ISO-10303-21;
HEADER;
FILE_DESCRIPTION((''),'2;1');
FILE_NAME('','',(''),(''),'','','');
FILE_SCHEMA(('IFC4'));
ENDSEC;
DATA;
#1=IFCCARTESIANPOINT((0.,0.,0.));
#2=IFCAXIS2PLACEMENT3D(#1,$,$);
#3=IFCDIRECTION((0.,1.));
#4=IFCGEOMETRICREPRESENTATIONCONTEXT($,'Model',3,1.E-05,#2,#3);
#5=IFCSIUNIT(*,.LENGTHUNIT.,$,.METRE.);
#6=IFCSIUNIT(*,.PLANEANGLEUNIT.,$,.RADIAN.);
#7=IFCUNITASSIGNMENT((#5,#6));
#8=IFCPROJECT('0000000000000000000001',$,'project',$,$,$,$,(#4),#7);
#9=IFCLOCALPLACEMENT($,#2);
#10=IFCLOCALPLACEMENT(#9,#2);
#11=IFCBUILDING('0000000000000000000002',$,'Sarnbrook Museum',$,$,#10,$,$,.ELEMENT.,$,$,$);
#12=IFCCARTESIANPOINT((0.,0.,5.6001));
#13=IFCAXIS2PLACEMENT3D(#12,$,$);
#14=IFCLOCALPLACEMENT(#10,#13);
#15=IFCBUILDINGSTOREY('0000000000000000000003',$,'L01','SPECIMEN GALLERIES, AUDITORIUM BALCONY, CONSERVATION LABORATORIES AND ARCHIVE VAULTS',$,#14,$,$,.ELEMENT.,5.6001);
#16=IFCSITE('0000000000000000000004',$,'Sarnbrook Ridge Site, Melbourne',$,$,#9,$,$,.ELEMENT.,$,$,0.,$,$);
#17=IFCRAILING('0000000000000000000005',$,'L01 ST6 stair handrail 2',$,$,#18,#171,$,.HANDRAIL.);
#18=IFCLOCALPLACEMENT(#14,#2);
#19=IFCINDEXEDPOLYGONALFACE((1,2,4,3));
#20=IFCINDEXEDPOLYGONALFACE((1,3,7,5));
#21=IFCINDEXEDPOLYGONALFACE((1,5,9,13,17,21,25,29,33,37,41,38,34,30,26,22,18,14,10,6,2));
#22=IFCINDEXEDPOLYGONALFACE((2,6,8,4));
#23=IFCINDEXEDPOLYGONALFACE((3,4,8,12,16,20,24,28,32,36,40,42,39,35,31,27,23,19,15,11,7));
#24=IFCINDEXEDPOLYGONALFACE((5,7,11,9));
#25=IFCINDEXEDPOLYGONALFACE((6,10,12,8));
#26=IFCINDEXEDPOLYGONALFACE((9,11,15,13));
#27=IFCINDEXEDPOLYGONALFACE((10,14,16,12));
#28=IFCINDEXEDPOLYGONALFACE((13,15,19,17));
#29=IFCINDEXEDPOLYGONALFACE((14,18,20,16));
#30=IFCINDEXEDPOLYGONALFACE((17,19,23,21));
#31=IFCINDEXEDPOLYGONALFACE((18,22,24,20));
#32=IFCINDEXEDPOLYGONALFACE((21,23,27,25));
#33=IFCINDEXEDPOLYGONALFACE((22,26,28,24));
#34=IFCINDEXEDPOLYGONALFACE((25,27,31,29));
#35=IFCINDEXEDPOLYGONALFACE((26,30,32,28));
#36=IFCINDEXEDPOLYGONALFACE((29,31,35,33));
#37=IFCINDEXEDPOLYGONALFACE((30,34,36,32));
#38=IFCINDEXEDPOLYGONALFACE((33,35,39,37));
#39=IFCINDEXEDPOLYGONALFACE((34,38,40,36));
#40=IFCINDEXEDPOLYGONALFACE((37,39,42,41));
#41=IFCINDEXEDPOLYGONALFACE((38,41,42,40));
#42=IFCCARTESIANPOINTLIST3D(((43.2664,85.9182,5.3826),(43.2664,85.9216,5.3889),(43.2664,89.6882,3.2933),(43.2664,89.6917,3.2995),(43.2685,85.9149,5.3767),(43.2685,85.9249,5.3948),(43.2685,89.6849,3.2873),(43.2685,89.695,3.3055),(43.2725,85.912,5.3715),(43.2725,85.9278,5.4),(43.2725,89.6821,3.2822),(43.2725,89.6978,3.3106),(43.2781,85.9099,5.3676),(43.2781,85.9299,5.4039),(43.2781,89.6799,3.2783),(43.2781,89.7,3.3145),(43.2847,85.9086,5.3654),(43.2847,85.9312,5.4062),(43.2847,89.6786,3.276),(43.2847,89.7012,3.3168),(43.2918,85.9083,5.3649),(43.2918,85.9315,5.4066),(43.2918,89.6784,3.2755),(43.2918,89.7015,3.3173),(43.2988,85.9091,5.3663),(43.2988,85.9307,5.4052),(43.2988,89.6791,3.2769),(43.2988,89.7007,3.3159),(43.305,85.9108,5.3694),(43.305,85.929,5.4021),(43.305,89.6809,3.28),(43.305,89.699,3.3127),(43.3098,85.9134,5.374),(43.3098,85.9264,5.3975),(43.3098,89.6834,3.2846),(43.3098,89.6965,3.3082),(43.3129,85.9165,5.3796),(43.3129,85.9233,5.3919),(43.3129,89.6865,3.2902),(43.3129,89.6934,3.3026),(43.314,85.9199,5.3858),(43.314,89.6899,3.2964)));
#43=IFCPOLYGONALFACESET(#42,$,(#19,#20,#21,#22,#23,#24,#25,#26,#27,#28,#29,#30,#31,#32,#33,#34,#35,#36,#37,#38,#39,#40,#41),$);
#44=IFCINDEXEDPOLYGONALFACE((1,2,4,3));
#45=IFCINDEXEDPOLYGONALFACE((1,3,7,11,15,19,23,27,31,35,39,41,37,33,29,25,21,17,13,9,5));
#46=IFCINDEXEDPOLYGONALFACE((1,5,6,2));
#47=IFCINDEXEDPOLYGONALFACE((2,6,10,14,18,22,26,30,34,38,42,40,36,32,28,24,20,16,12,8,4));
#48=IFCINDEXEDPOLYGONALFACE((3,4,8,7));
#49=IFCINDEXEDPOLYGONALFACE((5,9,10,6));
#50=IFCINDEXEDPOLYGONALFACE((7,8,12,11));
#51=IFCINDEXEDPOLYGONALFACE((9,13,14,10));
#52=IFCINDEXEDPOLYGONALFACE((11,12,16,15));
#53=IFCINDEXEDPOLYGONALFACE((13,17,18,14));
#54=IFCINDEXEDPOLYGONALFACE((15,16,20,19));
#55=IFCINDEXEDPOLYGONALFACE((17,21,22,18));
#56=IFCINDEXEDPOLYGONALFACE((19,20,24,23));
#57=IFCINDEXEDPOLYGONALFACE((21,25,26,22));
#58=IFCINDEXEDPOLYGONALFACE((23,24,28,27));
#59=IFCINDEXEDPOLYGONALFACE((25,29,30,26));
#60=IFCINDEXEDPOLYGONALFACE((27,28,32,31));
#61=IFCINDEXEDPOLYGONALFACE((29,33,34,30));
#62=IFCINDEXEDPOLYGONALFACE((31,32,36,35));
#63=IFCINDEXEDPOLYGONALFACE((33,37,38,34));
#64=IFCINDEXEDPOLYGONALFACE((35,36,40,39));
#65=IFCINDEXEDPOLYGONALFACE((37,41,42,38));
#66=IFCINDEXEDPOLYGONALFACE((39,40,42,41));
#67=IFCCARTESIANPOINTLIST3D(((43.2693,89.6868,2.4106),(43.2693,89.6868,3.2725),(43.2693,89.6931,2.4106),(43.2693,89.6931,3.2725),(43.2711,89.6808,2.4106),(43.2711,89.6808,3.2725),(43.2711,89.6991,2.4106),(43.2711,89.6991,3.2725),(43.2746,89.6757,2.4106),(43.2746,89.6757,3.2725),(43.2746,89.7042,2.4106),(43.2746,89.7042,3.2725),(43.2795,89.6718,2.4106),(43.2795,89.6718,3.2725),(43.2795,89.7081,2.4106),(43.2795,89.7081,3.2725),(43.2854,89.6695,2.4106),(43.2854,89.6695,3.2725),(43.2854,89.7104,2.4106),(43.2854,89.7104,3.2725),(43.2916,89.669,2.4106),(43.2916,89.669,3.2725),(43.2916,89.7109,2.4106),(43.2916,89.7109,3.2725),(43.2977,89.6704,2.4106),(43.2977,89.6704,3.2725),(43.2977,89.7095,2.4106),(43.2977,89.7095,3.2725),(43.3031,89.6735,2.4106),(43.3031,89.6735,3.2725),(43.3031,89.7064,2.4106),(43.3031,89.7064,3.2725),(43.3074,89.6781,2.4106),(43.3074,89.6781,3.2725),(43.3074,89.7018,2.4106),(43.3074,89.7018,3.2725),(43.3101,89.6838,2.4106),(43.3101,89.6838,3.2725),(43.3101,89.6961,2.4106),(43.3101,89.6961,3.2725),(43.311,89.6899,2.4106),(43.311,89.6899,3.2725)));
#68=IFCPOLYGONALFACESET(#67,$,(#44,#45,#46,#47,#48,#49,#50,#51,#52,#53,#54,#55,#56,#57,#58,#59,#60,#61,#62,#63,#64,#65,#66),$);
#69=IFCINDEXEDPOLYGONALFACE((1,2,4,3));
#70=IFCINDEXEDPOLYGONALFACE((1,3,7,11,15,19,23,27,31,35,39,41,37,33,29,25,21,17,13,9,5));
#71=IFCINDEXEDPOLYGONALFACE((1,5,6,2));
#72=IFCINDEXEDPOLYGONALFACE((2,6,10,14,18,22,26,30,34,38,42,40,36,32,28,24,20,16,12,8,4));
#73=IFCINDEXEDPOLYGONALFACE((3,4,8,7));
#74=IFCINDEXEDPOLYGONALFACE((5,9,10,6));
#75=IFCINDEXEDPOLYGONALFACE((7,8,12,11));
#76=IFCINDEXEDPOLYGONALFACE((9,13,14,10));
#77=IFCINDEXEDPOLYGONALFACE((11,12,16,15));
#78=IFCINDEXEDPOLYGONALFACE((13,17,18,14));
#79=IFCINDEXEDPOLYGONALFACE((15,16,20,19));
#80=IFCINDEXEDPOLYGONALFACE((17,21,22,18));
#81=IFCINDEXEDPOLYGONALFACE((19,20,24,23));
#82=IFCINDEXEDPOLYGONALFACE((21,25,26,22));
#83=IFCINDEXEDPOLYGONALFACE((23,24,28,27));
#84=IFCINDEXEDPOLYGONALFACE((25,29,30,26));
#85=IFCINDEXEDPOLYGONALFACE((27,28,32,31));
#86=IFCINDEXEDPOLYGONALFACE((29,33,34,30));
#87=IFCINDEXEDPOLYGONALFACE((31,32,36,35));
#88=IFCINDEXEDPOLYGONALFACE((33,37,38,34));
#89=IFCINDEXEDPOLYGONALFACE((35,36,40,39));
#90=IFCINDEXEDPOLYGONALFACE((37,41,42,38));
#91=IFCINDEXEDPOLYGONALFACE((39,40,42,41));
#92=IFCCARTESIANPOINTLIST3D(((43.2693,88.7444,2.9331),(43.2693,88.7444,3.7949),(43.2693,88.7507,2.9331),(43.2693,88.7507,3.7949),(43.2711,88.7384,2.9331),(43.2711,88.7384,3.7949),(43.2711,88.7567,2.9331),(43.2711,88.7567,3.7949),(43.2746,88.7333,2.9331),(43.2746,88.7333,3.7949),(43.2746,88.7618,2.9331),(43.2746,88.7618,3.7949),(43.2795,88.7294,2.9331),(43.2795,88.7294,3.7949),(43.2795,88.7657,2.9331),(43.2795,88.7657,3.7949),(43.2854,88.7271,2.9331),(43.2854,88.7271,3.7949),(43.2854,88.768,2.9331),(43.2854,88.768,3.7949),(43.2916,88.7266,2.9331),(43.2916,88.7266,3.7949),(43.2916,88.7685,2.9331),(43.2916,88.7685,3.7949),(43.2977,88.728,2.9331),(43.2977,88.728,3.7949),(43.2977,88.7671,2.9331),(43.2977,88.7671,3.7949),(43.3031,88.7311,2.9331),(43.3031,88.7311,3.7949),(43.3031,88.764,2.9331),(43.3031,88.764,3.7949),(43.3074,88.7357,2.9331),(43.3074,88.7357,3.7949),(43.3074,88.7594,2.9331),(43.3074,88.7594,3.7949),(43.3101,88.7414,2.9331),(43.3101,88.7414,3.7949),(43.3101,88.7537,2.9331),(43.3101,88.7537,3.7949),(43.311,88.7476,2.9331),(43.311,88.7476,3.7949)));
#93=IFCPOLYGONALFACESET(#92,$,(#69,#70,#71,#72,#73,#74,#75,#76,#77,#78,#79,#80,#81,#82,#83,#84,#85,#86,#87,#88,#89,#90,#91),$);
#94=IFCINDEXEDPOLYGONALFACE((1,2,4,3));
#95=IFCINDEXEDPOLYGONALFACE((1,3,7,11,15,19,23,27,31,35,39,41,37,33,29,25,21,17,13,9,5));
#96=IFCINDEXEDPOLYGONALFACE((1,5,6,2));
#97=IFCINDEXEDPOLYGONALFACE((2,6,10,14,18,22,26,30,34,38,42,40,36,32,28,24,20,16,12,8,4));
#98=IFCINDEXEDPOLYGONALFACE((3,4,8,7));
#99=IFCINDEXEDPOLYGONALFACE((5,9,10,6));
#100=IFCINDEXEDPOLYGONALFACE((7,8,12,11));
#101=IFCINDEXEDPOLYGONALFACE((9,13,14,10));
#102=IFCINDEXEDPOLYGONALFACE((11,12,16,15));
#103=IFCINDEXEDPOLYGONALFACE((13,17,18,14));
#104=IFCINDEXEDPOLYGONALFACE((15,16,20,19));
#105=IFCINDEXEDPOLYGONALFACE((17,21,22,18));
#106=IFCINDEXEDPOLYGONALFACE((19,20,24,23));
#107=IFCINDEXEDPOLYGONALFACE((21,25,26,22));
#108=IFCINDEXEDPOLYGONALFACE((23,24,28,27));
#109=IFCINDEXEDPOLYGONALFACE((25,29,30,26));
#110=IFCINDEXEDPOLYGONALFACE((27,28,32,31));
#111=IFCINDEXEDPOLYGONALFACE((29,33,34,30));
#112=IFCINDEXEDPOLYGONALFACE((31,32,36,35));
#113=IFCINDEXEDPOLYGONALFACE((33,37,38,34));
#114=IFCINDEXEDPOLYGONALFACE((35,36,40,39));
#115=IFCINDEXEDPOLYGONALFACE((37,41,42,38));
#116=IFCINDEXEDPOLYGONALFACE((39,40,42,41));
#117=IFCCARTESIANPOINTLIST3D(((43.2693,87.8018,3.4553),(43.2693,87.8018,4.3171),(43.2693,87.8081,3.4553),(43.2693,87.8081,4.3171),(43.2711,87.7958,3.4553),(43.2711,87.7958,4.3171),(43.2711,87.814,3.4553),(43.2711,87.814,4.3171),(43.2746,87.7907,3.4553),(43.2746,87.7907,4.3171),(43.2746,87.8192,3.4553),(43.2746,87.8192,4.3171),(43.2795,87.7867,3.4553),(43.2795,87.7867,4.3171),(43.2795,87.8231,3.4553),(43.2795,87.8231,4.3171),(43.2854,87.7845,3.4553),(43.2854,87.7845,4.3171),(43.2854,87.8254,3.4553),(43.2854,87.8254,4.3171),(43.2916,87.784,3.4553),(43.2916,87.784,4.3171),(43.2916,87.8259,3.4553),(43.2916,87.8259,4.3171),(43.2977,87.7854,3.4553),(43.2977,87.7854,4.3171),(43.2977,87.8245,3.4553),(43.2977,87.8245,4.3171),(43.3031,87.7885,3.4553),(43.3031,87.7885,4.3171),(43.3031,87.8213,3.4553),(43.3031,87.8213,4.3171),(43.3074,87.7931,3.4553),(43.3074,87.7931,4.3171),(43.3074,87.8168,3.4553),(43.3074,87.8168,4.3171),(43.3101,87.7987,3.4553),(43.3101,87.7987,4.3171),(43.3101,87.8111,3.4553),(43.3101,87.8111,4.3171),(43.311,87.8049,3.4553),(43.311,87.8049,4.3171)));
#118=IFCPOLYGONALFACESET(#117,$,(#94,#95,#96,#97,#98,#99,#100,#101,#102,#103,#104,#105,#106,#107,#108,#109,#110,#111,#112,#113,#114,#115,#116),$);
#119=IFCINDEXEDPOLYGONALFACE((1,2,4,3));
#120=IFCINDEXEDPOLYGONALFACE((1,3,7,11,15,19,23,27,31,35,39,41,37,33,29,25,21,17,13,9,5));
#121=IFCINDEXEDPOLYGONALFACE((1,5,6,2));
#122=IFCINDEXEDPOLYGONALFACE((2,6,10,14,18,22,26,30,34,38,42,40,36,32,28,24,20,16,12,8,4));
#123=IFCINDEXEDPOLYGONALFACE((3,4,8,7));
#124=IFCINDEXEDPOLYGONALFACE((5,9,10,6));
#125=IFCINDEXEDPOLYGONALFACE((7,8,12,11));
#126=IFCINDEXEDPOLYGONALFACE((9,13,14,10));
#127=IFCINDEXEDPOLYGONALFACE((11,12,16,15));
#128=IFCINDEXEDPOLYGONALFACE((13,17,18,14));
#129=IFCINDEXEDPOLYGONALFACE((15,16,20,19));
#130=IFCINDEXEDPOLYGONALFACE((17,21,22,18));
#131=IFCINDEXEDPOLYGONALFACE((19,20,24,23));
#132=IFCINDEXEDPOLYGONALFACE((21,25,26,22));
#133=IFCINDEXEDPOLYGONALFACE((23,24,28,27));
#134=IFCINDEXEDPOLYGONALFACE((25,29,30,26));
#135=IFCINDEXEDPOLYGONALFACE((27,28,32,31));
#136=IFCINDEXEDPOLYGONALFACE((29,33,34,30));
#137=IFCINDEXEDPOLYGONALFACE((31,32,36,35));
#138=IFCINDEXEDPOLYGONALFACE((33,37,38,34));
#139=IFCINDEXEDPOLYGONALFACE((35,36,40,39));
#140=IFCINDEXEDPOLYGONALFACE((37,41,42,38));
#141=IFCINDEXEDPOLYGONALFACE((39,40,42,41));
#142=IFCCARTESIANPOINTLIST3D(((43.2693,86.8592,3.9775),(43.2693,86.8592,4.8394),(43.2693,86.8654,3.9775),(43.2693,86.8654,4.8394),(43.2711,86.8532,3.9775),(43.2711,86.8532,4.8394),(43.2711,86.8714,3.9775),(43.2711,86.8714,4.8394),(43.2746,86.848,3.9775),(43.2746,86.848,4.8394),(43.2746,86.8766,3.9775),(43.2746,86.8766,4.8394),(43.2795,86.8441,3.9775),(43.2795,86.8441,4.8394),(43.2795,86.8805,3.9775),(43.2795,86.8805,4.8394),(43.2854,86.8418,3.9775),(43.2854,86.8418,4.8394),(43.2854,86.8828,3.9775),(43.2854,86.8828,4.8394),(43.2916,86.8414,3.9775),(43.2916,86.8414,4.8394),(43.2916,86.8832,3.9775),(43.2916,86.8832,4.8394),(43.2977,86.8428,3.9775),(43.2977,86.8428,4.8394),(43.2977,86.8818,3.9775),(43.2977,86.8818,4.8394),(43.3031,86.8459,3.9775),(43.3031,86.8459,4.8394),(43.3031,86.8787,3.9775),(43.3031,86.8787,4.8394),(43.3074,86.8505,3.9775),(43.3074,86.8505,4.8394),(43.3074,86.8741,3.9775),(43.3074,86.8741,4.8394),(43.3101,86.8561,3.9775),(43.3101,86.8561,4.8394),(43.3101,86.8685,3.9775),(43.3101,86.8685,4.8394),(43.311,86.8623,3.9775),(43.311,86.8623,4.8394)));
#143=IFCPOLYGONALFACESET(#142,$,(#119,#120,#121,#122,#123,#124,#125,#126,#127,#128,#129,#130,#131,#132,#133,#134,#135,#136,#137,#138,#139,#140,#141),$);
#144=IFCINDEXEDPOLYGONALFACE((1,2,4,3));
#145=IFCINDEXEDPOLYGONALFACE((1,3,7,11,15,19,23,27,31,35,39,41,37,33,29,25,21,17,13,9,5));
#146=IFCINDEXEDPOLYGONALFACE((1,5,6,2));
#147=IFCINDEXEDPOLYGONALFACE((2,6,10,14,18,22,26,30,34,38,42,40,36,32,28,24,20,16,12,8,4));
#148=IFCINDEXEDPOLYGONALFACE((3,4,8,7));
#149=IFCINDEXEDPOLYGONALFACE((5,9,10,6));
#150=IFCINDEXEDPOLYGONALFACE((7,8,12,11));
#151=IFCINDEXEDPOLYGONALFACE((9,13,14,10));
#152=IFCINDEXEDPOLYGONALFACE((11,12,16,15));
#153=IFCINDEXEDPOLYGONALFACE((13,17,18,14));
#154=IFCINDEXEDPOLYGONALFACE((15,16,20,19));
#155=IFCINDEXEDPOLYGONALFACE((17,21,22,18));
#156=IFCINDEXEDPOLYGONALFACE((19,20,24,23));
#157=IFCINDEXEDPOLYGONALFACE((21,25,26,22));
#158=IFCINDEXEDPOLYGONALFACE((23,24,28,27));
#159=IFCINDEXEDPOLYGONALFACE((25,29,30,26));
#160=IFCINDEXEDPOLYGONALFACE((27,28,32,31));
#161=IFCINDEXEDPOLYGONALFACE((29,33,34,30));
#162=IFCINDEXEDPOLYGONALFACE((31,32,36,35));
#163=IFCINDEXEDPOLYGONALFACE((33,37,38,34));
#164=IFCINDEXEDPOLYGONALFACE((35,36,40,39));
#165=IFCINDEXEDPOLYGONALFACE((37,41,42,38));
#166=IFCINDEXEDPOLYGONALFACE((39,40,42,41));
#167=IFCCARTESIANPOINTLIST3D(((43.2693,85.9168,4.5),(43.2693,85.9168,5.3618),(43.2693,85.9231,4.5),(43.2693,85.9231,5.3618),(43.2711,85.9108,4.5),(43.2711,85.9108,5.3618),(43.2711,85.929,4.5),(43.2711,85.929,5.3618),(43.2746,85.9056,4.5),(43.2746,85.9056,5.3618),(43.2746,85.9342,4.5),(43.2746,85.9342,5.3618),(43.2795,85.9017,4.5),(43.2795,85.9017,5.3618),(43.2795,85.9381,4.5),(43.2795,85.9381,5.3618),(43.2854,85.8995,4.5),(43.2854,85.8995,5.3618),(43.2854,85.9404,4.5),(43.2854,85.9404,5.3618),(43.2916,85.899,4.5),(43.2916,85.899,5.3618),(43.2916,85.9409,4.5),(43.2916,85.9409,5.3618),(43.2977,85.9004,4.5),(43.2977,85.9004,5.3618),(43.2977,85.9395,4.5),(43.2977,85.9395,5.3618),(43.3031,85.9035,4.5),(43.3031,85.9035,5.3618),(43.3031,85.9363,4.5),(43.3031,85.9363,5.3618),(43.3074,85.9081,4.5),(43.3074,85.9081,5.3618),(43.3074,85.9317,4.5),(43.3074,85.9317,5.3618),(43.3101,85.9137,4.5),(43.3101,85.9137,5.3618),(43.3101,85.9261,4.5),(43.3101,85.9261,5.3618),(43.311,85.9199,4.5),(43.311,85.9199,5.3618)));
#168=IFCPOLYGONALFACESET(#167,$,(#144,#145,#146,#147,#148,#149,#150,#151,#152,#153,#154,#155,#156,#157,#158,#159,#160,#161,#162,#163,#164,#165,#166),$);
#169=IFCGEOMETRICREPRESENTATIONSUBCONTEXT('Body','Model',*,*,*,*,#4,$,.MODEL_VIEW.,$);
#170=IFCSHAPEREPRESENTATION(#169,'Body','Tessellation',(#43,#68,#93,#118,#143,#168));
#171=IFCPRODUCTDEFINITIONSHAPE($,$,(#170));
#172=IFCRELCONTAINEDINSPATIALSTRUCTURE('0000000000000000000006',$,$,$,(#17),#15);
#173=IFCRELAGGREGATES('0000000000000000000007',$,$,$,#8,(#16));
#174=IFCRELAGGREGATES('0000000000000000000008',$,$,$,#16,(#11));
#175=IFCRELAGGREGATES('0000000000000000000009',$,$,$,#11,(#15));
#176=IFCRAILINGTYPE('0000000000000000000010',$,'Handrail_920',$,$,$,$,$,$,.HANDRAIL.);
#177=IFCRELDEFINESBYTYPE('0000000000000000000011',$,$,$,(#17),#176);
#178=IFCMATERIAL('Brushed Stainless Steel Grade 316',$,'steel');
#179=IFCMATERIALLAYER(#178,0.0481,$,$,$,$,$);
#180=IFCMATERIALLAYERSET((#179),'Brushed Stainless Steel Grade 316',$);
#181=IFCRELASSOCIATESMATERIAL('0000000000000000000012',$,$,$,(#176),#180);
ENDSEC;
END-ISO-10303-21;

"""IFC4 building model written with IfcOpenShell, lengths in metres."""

from ifc_helpers import new_model, si_unit, direction, frame, origin, origin_2d, place, context, subcontext, project, spatial, circle, extrude, material, layer, layer_set, type_object, element, save


model = new_model("IFC4")

# Units and contexts
model_context = context("Model", 3, precision=1e-05, world=origin(), true_north=direction((0.0, 1.0)))
body_context = subcontext(model_context, "Body", "Model", "MODEL_VIEW")
ifc_project = project(units=[si_unit("LENGTHUNIT", "METRE"), si_unit("PLANEANGLEUNIT", "RADIAN")], contexts=[model_context])

# Site, building, storey
site_placement = place(None, origin())
site = spatial("IfcSite", under=ifc_project, at=site_placement, Name="Sarnbrook Ridge Site, Melbourne", CompositionType="ELEMENT", RefElevation=0.0)
building_placement = place(site_placement, origin())
building = spatial("IfcBuilding", under=site, at=building_placement, Name="Sarnbrook Museum", CompositionType="ELEMENT")
storey_placement = place(building_placement, frame((0.0, 0.0, 5.6001)))
storey = spatial("IfcBuildingStorey", under=building, at=storey_placement, Name="L01", Description="SPECIMEN GALLERIES, AUDITORIUM BALCONY, CONSERVATION LABORATORIES AND ARCHIVE VAULTS", CompositionType="ELEMENT", Elevation=5.6001)

# Railing
ifc_material_1 = material(Name="Brushed Stainless Steel Grade 316", Category="steel")
ifc_layer_1 = layer(ifc_material_1, 0.0481)
ifc_layer_set_1 = layer_set([ifc_layer_1], Name="Brushed Stainless Steel Grade 316")
railing_type_1 = type_object("IfcRailingType", Name="Handrail_920", PredefinedType="HANDRAIL", material=ifc_layer_set_1)
railing_1_placement = place(storey_placement, frame((43.29, 89.6899, 2.4106)))
element("IfcRailing", 1, at=railing_1_placement, inside=storey, type_object=railing_type_1, Name="L01 ST6 stair handrail 2", PredefinedType="HANDRAIL", context=body_context, shape_type="SweptSolid", body=[
    extrude(circle(Radius=0.0239, at=origin_2d()), frame((0.0, 0.0, 0.8857), z_axis=(0.0, -0.874659, 0.484739), x_axis=(1.0, 0.0, 0.0)), (0.0, 0.0, 1.0), 4.3103),
    extrude(circle(Radius=0.021, at=origin_2d()), origin(), (0.0, 0.0, 1.0), 0.8618),
    extrude(circle(Radius=0.021, at=origin_2d()), frame((0.0, -0.9424, 0.5225)), (0.0, 0.0, 1.0), 0.8618),
    extrude(circle(Radius=0.021, at=origin_2d()), frame((0.0, -1.885, 1.0447)), (0.0, 0.0, 1.0), 0.8618),
    extrude(circle(Radius=0.021, at=origin_2d()), frame((0.0, -2.8276, 1.5669)), (0.0, 0.0, 1.0), 0.8618),
    extrude(circle(Radius=0.021, at=origin_2d()), frame((0.0, -3.77, 2.0894)), (0.0, 0.0, 1.0), 0.8618),
])

save(model, "model.ifc")
